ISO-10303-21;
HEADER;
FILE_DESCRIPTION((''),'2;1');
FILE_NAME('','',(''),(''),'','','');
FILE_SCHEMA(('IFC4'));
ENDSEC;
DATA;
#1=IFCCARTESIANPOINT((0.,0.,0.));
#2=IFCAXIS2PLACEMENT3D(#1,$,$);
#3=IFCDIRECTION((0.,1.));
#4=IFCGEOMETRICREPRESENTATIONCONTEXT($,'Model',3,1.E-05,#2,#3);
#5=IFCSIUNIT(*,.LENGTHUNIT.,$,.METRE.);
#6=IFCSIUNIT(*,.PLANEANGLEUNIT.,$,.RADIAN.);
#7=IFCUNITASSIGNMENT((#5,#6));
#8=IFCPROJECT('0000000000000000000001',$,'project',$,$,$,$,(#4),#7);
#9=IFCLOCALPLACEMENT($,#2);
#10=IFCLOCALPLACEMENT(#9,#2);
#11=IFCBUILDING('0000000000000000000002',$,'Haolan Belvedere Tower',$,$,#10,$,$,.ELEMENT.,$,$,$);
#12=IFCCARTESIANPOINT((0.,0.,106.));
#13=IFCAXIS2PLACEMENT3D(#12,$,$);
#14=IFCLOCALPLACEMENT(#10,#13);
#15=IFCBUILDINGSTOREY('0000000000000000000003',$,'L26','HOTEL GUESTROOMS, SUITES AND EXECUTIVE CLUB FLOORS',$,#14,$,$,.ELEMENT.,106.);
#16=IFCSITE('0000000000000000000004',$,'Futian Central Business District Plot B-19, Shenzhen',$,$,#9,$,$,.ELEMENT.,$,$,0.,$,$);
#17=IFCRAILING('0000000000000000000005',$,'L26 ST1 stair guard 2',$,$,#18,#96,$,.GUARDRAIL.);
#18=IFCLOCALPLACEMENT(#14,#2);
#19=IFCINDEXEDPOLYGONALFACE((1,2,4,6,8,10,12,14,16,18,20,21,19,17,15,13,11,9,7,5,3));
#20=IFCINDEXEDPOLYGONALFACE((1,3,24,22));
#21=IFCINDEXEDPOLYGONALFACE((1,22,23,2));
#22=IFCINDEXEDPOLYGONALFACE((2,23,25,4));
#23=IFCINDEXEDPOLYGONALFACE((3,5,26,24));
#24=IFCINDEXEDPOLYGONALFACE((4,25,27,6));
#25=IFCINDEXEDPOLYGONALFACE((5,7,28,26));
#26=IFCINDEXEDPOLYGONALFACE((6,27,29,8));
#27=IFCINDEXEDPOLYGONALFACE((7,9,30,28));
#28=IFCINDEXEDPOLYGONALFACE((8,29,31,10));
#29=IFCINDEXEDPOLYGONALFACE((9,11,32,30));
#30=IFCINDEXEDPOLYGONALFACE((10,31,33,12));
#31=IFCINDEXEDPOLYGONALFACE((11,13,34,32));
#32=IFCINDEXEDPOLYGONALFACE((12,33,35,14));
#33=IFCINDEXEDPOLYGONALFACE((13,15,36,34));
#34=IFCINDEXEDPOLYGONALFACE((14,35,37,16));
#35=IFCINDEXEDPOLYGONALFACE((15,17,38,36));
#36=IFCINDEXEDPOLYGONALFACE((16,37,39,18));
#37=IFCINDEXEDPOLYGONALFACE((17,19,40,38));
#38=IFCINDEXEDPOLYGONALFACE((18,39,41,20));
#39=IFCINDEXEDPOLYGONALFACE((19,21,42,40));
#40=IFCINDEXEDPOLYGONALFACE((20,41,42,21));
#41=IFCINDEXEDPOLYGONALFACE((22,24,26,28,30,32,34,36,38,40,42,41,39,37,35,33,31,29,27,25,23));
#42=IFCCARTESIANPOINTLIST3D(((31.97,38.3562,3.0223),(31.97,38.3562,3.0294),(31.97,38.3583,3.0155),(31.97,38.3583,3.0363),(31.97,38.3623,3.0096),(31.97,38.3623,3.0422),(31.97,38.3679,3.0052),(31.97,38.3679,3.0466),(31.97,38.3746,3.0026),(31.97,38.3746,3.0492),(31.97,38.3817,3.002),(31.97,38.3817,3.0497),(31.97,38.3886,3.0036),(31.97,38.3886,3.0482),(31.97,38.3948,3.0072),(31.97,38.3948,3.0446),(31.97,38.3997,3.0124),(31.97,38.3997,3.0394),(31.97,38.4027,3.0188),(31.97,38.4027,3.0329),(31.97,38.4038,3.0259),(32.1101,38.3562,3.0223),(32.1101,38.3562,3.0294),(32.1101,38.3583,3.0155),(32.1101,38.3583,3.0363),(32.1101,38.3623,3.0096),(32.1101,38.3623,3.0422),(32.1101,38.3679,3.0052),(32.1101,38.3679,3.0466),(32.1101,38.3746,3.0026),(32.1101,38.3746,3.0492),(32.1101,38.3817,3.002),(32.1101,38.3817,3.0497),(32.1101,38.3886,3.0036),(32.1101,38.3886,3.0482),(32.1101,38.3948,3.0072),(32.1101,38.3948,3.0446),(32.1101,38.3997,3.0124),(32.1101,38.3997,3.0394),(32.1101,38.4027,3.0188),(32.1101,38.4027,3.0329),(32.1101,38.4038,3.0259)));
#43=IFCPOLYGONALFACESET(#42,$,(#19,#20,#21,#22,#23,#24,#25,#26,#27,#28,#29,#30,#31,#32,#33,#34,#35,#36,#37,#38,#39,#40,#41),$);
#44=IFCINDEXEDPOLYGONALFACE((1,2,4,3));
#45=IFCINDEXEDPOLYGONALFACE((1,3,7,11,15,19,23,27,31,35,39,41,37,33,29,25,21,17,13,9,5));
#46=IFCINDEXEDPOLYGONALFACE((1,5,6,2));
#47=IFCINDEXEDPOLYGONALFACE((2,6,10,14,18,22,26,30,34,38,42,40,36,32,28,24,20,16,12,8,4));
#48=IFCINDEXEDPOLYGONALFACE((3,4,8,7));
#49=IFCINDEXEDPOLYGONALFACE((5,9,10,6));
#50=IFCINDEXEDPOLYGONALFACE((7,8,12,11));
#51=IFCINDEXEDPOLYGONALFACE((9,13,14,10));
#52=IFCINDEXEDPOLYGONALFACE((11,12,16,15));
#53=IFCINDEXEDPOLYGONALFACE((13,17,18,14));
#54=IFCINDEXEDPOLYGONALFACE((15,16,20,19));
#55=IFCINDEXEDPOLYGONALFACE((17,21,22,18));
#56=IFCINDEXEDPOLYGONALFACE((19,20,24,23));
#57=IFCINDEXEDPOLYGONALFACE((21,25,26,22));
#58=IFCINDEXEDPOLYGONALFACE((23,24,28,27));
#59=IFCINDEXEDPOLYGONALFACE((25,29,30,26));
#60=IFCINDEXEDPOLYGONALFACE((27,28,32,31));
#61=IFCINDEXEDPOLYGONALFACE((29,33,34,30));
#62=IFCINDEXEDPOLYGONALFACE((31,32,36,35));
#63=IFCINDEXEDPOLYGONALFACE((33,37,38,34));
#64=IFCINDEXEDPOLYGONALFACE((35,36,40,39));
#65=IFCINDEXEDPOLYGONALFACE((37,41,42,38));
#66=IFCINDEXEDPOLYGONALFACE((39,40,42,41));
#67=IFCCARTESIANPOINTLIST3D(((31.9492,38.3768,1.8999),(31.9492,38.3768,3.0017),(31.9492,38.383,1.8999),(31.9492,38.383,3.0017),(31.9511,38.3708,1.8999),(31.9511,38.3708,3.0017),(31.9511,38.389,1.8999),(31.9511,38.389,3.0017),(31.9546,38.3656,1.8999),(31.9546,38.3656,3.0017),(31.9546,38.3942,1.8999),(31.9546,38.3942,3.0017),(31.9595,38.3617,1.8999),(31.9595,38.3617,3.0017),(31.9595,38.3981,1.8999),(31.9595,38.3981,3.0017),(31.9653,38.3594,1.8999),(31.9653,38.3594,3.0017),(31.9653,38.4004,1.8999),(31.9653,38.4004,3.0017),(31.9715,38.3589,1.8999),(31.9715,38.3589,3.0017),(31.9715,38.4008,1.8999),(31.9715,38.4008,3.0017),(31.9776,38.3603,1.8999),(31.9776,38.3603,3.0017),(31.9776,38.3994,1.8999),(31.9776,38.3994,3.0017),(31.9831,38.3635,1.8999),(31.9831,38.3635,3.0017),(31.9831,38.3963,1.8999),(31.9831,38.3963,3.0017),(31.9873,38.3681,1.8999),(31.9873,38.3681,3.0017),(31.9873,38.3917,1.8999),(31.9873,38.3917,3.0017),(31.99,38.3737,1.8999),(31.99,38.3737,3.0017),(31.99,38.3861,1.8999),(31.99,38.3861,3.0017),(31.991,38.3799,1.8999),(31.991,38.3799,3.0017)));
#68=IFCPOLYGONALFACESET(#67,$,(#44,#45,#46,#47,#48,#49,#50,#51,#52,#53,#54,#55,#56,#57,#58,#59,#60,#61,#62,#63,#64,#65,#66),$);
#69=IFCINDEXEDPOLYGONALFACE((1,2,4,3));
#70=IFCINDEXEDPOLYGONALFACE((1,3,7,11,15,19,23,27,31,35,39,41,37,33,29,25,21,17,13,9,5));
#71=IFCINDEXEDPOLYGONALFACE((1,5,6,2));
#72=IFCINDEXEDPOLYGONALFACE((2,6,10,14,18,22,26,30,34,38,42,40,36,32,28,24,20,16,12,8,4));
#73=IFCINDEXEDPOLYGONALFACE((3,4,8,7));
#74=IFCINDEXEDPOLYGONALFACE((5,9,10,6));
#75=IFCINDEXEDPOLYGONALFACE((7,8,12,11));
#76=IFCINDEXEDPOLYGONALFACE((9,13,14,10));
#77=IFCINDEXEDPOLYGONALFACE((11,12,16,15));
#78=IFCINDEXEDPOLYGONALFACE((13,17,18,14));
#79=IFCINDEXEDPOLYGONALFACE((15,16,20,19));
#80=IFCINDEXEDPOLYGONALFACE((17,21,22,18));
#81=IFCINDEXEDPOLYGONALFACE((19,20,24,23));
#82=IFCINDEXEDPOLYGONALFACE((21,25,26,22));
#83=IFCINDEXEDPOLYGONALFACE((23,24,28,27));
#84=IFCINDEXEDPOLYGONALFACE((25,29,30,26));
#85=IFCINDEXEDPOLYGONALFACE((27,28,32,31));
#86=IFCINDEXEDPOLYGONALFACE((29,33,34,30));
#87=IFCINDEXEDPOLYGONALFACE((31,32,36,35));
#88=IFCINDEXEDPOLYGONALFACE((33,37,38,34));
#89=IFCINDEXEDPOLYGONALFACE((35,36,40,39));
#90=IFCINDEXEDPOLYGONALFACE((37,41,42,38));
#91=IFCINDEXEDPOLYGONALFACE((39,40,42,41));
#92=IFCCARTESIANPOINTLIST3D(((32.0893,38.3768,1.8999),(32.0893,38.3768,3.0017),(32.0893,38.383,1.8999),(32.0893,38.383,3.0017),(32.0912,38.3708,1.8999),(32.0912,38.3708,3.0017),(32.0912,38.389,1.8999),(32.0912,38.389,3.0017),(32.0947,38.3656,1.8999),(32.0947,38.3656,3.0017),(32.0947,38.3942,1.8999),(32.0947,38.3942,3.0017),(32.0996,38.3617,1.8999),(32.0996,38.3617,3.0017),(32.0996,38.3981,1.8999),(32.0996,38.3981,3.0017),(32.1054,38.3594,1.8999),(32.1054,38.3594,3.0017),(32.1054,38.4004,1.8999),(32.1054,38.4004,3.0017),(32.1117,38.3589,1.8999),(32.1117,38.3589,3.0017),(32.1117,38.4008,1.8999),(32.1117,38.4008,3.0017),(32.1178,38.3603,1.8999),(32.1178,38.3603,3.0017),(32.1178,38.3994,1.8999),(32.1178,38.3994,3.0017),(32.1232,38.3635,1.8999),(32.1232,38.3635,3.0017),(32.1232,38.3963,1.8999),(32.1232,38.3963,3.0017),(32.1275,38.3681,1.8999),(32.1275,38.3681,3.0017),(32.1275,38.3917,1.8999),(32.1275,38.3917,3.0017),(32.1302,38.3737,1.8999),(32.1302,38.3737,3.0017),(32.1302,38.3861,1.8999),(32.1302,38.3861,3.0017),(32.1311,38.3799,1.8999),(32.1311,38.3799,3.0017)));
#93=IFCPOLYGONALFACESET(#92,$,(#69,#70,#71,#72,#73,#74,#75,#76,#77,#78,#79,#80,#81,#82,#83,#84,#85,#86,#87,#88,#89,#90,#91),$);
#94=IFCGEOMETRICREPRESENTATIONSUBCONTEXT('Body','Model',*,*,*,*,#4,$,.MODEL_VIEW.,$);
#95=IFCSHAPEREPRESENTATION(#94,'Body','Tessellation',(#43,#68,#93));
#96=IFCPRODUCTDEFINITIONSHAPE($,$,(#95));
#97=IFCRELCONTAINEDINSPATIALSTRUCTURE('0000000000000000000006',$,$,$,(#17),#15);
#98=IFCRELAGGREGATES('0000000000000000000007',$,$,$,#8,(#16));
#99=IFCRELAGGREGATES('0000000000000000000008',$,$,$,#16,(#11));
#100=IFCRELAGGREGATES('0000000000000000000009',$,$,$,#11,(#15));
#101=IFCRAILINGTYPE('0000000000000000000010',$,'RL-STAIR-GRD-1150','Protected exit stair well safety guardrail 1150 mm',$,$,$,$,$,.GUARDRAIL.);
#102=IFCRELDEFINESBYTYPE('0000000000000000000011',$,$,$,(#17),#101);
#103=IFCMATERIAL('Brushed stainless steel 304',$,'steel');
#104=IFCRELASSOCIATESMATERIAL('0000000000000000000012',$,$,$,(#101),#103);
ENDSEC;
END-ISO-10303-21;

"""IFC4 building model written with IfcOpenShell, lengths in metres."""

from ifc_helpers import new_model, si_unit, direction, frame, origin, origin_2d, place, context, subcontext, project, spatial, circle, extrude, material, type_object, element, save


model = new_model("IFC4")

# Units and contexts
model_context = context("Model", 3, precision=1e-05, world=origin(), true_north=direction((0.0, 1.0)))
body_context = subcontext(model_context, "Body", "Model", "MODEL_VIEW")
ifc_project = project(units=[si_unit("LENGTHUNIT", "METRE"), si_unit("PLANEANGLEUNIT", "RADIAN")], contexts=[model_context])

# Site, building, storey
site_placement = place(None, origin())
site = spatial("IfcSite", under=ifc_project, at=site_placement, Name="Futian Central Business District Plot B-19, Shenzhen", CompositionType="ELEMENT", RefElevation=0.0)
building_placement = place(site_placement, origin())
building = spatial("IfcBuilding", under=site, at=building_placement, Name="Haolan Belvedere Tower", CompositionType="ELEMENT")
storey_placement = place(building_placement, frame((0.0, 0.0, 106.0)))
storey = spatial("IfcBuildingStorey", under=building, at=storey_placement, Name="L26", Description="HOTEL GUESTROOMS, SUITES AND EXECUTIVE CLUB FLOORS", CompositionType="ELEMENT", Elevation=106.0)

# Railing
ifc_material_1 = material(Name="Brushed stainless steel 304", Category="steel")
railing_type_1 = type_object("IfcRailingType", Name="RL-STAIR-GRD-1150", Description="Protected exit stair well safety guardrail 1150 mm", PredefinedType="GUARDRAIL", material=ifc_material_1)
railing_1_placement = place(storey_placement, frame((31.97, 38.3799, 1.8999)))
element("IfcRailing", 1, at=railing_1_placement, inside=storey, type_object=railing_type_1, Name="L26 ST1 stair guard 2", PredefinedType="GUARDRAIL", context=body_context, shape_type="SweptSolid", body=[
    extrude(circle(Radius=0.0239, at=origin_2d()), frame((0.0, 0.0, 1.126), z_axis=(1.0, 0.0, 0.0), x_axis=(0.0, 1.0, 0.0)), (0.0, 0.0, 1.0), 0.1401),
    extrude(circle(Radius=0.021, at=origin_2d()), origin(), (0.0, 0.0, 1.0), 1.1018),
    extrude(circle(Radius=0.021, at=origin_2d()), frame((0.1401, 0.0, 0.0)), (0.0, 0.0, 1.0), 1.1018),
])

save(model, "model.ifc")
